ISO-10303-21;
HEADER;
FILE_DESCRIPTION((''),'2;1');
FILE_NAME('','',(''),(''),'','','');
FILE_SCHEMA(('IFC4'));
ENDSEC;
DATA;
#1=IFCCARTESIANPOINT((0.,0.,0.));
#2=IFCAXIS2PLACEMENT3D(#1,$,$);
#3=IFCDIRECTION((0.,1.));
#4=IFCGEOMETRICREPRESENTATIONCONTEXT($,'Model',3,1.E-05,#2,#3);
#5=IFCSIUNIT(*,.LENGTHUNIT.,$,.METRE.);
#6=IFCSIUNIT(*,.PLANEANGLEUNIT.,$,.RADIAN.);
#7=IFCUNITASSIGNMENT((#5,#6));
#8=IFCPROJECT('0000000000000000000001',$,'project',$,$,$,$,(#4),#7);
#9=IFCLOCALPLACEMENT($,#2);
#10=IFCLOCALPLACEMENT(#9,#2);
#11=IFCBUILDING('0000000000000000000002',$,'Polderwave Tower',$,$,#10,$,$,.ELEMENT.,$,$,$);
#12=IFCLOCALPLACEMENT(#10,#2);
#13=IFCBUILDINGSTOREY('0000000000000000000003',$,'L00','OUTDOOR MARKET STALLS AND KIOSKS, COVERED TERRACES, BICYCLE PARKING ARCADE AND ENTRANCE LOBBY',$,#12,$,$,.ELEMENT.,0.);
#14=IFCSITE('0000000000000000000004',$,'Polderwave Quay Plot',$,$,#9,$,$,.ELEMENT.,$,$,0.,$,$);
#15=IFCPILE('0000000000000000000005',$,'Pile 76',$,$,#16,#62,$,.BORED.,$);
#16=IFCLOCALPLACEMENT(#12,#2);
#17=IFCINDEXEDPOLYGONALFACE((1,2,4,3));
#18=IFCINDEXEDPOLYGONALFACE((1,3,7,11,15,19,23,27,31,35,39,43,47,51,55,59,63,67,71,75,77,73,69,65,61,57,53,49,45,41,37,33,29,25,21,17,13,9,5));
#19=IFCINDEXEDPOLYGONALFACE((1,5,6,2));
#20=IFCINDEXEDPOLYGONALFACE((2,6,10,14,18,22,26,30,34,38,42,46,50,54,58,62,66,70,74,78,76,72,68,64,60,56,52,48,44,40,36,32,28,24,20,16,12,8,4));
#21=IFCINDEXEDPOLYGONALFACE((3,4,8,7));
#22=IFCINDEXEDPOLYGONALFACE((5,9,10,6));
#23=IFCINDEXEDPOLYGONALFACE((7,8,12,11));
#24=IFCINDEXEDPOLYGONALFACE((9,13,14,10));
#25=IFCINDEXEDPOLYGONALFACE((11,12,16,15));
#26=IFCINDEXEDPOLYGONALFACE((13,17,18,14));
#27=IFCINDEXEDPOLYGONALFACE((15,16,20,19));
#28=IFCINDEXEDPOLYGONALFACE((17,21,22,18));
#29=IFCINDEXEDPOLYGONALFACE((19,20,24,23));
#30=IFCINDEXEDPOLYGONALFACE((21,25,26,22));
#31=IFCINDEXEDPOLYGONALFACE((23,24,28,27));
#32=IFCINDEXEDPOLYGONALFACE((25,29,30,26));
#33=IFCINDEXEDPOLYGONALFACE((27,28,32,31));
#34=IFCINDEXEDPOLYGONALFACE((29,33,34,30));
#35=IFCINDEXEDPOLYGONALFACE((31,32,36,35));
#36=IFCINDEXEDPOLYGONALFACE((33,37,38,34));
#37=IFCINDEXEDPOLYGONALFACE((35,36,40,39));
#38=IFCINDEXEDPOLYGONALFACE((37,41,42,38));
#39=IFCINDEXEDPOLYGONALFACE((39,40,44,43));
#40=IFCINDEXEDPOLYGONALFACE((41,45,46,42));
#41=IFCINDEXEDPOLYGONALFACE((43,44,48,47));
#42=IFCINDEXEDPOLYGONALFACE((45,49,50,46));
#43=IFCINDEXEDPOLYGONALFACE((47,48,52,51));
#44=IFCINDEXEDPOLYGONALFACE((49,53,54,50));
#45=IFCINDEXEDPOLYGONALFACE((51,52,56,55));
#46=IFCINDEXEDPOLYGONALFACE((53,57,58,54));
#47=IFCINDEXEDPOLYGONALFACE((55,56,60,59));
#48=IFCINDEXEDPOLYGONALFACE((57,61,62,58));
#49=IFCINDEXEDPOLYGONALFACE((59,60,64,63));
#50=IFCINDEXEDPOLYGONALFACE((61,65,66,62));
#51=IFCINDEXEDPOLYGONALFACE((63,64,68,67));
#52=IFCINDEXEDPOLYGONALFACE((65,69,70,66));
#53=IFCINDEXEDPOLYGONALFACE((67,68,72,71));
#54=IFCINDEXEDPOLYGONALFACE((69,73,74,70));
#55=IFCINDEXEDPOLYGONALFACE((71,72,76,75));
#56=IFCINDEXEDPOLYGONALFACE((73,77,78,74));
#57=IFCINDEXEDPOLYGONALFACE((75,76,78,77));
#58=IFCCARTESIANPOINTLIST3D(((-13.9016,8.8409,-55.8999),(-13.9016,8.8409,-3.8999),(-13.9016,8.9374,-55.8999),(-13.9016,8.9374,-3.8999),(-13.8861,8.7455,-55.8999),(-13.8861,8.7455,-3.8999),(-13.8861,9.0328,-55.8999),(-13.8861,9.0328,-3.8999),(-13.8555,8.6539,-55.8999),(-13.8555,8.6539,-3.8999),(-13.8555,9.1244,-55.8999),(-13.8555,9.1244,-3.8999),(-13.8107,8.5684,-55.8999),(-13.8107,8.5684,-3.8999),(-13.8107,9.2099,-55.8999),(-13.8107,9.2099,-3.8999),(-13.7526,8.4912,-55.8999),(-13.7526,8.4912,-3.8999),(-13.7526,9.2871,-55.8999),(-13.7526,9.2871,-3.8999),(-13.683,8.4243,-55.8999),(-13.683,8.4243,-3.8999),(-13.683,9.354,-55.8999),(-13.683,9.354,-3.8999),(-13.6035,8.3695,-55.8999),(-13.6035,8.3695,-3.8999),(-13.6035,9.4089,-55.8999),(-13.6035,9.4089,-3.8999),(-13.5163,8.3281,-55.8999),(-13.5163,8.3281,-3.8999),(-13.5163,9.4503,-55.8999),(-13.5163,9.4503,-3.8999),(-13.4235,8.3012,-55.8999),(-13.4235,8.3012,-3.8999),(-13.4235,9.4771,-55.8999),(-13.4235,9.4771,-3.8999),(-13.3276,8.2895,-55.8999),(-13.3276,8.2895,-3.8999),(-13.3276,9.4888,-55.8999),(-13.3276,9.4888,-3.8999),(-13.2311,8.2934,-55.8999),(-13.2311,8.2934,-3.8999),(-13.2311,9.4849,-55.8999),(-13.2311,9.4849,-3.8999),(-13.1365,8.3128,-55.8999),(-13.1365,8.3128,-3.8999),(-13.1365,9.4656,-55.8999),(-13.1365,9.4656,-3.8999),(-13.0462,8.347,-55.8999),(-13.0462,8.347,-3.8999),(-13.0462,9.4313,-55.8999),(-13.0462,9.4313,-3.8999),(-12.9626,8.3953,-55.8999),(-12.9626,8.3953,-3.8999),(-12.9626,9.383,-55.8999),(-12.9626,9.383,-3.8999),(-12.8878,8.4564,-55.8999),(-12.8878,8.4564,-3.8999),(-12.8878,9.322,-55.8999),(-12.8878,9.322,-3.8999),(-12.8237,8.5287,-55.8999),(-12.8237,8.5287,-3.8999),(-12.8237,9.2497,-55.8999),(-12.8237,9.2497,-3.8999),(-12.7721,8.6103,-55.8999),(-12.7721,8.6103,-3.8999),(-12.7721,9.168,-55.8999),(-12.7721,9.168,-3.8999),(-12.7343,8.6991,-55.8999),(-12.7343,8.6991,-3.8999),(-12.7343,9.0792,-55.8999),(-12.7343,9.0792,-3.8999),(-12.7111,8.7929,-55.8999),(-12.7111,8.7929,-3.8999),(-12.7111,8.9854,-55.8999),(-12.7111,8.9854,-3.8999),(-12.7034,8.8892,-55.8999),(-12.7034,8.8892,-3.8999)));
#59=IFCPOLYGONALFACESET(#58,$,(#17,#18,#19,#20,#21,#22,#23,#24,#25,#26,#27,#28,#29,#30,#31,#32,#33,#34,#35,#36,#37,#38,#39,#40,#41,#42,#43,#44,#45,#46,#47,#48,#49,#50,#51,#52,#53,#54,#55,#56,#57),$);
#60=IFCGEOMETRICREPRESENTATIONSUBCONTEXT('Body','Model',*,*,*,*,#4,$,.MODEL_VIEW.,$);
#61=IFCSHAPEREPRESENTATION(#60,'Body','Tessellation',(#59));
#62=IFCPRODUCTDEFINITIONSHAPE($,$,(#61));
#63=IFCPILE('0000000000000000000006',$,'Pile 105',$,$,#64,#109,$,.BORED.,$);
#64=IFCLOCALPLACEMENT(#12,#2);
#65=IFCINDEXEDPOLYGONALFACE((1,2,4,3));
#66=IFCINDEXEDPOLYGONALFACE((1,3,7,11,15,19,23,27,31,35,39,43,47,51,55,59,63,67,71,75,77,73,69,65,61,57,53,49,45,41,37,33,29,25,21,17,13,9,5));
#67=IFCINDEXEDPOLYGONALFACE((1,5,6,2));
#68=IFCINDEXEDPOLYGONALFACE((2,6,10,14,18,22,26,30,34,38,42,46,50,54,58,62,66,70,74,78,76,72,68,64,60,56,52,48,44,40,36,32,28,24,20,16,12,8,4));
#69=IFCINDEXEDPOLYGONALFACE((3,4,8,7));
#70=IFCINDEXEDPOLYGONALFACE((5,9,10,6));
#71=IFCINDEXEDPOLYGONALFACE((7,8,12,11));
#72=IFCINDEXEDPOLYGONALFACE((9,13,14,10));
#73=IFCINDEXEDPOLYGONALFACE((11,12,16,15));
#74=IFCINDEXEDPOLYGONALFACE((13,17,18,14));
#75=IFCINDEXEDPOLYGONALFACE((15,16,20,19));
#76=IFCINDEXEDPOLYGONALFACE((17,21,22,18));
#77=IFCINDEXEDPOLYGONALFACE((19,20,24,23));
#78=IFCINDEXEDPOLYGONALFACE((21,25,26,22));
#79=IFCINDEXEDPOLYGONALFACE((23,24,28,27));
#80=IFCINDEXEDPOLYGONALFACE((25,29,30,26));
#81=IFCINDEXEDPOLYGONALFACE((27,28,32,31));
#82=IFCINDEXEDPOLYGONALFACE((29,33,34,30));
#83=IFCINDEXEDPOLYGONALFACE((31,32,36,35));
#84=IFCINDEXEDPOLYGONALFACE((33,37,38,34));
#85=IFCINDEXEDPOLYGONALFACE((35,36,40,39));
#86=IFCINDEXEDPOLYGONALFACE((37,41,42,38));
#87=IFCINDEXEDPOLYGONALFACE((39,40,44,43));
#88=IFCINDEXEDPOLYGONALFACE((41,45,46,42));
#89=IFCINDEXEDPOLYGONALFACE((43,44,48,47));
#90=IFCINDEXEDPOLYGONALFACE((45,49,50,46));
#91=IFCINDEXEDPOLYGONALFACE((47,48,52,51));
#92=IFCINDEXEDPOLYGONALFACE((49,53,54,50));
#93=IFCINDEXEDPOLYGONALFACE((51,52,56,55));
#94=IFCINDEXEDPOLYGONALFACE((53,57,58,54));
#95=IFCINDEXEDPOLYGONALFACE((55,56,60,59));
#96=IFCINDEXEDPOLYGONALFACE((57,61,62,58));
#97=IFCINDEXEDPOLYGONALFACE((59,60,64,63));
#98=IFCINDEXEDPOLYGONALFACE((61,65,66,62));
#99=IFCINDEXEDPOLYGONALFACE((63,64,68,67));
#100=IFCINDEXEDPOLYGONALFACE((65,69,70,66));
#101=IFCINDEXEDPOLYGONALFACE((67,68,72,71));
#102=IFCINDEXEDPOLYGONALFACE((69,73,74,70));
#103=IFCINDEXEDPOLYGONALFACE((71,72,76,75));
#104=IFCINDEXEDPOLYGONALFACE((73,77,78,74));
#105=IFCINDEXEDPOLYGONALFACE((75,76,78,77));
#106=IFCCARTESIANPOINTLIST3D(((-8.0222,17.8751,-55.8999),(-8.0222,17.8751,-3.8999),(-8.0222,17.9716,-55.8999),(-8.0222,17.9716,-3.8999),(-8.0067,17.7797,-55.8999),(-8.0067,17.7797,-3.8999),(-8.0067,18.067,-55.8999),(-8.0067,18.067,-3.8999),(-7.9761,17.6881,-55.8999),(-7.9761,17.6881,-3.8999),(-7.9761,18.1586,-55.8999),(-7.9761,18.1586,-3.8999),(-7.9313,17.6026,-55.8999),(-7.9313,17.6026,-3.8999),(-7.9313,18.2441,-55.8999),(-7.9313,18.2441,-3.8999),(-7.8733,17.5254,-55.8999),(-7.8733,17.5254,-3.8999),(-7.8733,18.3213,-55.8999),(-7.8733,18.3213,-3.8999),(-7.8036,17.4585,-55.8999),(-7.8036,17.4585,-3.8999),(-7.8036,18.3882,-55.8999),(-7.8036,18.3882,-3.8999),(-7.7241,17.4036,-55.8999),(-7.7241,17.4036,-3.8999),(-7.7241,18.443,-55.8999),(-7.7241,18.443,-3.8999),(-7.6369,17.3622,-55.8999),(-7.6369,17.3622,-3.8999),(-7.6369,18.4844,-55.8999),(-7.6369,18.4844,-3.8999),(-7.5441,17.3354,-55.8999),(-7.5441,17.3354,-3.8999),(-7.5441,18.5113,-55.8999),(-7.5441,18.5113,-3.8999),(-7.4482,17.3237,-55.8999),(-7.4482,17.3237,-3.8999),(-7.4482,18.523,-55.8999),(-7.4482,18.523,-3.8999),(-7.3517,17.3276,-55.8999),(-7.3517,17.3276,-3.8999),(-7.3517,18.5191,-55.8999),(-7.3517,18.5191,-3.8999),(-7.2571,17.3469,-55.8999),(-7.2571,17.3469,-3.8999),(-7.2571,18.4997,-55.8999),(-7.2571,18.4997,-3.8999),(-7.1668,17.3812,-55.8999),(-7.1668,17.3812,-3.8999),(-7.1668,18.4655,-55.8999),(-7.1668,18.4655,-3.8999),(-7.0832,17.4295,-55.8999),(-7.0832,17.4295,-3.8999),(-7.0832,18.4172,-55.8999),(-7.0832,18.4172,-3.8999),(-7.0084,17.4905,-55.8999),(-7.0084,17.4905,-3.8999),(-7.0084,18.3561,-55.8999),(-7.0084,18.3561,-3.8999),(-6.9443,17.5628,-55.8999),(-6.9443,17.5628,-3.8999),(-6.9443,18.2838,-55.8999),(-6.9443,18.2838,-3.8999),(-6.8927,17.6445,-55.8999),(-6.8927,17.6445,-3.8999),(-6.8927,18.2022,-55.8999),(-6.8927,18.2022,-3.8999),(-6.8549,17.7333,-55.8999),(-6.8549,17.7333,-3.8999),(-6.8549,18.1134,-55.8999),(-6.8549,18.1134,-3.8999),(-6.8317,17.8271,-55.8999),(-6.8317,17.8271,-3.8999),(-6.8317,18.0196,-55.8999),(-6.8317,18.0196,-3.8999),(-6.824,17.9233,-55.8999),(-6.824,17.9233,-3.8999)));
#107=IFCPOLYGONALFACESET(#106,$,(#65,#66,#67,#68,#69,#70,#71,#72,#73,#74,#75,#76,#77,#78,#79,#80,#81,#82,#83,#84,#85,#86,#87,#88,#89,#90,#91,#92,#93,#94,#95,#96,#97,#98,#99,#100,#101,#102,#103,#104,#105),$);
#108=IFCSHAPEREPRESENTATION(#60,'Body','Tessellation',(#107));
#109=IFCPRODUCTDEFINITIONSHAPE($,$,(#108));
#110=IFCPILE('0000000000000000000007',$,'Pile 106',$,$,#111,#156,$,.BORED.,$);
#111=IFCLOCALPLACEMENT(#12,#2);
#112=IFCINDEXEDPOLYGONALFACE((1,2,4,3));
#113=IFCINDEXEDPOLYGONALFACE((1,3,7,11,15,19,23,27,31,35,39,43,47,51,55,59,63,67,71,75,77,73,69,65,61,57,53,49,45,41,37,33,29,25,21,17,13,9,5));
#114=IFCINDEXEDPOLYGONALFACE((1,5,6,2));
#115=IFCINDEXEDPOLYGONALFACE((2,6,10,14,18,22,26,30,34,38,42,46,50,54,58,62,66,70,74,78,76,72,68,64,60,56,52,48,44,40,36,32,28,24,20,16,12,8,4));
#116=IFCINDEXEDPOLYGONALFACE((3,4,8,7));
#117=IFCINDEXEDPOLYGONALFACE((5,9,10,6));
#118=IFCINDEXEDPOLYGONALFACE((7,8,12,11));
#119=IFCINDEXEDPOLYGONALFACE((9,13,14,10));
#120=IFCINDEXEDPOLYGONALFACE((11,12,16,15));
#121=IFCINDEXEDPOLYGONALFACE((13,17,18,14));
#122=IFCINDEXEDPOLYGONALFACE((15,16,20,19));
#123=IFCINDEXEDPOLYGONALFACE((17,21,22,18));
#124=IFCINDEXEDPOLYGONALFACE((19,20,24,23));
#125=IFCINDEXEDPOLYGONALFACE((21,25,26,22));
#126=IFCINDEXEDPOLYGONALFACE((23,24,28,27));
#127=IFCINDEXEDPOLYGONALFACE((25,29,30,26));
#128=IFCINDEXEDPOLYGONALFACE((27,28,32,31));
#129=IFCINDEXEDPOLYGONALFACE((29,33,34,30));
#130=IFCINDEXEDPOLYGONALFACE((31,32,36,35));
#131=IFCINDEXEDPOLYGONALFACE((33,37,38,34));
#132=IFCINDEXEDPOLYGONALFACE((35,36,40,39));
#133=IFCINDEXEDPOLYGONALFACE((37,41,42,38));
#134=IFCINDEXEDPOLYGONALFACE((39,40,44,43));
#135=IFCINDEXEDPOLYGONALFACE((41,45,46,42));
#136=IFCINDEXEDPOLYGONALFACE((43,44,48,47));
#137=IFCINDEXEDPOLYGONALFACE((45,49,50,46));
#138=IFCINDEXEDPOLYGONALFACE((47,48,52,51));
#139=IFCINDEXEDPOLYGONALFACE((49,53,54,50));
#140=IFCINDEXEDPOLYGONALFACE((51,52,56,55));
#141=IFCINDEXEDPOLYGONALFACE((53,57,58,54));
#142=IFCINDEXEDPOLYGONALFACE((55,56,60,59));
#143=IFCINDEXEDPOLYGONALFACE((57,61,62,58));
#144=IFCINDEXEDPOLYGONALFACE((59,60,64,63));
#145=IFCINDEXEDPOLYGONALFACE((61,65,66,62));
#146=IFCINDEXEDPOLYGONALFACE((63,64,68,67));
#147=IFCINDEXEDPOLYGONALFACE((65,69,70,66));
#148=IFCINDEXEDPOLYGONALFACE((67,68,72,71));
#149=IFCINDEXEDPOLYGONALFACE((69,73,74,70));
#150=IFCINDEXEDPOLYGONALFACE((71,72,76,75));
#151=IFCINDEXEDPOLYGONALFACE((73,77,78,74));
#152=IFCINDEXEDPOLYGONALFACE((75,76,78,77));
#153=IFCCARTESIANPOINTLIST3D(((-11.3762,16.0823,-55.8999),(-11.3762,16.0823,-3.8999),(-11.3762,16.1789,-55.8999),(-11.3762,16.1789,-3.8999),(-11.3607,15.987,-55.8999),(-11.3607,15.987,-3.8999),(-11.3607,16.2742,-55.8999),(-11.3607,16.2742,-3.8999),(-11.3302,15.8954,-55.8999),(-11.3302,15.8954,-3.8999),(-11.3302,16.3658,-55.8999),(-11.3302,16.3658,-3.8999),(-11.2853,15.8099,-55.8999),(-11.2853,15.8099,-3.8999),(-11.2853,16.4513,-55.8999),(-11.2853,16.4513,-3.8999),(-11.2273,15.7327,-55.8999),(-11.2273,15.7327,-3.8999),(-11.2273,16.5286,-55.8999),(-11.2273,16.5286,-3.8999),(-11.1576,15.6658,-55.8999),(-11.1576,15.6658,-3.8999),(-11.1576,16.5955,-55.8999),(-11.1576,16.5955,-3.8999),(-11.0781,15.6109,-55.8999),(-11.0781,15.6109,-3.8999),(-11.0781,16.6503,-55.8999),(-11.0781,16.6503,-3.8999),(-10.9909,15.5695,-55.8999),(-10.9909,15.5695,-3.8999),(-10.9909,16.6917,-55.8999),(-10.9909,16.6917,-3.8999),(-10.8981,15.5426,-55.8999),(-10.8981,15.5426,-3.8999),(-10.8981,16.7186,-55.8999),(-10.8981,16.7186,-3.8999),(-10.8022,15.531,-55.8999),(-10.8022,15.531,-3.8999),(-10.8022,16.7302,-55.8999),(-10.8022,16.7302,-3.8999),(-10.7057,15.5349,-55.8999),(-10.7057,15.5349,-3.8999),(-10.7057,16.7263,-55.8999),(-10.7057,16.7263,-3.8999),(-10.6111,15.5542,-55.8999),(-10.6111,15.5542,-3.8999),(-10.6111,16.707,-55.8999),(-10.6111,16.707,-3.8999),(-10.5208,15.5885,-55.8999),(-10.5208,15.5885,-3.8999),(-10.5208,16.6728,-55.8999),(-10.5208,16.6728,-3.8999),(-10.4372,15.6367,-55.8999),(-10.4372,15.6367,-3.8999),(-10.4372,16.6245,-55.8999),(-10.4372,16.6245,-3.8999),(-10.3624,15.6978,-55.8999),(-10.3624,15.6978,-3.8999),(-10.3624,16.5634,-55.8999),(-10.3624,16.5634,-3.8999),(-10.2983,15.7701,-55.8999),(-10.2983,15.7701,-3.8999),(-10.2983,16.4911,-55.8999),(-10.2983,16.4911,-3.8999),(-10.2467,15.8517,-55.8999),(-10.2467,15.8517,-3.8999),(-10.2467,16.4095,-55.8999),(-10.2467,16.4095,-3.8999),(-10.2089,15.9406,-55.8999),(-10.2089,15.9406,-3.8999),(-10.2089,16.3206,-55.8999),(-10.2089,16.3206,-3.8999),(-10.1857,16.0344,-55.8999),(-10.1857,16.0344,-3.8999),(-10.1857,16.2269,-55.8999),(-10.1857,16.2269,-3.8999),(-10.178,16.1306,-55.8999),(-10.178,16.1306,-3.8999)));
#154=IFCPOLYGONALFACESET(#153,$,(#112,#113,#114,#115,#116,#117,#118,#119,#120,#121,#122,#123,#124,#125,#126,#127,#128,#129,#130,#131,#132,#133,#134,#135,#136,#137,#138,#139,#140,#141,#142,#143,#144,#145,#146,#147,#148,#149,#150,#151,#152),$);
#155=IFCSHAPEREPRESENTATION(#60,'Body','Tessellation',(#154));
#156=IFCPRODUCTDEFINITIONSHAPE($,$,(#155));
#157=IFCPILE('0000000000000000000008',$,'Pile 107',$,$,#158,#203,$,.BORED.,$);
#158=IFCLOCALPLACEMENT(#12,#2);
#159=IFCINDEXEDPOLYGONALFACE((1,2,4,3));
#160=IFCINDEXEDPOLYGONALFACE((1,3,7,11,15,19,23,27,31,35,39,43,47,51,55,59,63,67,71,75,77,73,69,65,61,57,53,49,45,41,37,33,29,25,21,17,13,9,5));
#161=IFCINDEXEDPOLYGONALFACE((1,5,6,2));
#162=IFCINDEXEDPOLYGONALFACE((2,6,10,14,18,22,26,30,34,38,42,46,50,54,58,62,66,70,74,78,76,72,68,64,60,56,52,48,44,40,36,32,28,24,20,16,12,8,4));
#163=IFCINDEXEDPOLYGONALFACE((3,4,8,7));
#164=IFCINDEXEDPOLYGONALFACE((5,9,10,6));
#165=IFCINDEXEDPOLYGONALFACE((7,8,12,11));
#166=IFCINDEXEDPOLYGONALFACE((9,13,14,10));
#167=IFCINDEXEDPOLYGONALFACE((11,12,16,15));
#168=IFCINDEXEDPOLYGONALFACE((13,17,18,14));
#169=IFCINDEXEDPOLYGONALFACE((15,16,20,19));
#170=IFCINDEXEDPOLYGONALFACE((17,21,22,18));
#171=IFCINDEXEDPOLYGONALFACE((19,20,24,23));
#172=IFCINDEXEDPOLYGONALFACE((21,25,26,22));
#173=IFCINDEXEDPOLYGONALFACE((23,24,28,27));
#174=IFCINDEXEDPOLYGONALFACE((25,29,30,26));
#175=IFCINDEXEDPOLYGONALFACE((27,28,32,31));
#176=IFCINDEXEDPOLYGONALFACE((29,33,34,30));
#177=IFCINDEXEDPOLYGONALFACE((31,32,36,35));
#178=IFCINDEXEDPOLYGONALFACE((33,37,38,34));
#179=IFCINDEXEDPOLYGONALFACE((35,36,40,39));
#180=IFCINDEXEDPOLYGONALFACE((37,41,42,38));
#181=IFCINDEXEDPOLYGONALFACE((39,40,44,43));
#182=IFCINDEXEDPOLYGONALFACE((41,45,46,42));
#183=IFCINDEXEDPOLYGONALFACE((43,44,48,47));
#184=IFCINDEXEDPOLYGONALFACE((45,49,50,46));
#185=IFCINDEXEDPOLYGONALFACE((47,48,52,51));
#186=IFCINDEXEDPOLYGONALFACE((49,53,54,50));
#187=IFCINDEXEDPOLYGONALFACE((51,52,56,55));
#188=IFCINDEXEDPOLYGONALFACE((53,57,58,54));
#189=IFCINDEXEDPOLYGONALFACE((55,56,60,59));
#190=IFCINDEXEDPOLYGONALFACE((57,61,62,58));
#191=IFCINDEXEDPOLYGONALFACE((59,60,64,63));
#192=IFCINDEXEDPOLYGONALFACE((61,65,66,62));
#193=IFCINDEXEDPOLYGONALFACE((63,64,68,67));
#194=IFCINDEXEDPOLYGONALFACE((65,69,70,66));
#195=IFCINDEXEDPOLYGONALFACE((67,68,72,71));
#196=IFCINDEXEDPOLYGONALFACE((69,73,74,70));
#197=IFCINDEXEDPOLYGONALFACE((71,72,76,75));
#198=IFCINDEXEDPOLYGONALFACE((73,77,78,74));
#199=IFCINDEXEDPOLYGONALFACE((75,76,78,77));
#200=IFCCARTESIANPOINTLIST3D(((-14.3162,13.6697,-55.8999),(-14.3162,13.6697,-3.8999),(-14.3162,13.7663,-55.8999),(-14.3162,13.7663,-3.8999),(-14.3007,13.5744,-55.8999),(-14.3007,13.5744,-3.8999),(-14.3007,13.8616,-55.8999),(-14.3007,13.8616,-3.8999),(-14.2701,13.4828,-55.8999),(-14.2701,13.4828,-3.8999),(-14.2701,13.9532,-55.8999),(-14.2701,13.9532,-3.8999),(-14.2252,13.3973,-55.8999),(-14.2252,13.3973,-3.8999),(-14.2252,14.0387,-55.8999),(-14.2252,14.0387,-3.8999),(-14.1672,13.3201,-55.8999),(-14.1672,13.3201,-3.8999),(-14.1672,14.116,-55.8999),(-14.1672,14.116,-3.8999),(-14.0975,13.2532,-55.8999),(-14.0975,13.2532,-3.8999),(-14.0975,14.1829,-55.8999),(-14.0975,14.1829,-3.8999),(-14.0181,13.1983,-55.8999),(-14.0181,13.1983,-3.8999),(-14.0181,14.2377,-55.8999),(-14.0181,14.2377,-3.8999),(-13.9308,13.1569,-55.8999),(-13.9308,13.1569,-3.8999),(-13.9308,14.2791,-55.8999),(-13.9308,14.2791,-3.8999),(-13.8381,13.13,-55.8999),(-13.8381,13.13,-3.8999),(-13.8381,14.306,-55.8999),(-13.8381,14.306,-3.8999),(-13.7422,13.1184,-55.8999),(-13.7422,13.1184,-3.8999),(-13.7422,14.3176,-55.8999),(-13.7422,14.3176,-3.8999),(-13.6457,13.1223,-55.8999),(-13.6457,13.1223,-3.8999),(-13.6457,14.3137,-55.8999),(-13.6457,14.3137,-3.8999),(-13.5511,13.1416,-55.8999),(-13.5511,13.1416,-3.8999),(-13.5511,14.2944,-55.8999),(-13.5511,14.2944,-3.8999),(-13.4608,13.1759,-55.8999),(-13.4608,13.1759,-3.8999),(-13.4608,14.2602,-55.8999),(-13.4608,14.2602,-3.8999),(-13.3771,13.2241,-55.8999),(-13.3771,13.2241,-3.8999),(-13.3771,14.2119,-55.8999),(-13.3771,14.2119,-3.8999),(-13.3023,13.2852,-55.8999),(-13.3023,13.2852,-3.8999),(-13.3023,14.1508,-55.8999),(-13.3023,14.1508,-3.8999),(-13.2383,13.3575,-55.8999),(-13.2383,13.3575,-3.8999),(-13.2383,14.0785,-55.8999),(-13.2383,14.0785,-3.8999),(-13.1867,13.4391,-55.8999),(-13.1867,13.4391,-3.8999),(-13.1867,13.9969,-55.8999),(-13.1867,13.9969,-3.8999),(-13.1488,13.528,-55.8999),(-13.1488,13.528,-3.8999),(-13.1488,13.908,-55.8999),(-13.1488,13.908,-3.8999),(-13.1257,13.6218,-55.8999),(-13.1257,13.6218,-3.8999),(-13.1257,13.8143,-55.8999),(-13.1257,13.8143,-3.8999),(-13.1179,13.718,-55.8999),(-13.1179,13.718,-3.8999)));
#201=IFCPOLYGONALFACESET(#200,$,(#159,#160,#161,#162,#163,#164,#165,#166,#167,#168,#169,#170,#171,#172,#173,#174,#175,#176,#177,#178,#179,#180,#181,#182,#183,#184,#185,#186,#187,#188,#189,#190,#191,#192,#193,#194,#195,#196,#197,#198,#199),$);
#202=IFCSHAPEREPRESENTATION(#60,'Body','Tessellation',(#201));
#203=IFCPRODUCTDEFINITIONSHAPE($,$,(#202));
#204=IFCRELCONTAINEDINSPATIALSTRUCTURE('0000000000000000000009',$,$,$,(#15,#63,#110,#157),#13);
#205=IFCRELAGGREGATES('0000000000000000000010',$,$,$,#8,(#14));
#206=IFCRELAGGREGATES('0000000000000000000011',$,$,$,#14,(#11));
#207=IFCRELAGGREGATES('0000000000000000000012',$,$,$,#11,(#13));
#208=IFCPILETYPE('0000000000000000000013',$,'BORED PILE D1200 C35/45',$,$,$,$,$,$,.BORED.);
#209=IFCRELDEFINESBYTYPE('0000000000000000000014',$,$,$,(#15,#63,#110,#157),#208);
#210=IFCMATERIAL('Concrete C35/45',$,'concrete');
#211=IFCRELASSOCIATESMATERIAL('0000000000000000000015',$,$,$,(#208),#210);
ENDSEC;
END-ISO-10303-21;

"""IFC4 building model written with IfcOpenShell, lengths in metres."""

from ifc_helpers import new_model, si_unit, direction, frame, origin, origin_2d, place, context, subcontext, project, spatial, circle, extrude, material, material_profile, profile_set, type_object, element, save


model = new_model("IFC4")

# Units and contexts
model_context = context("Model", 3, precision=1e-05, world=origin(), true_north=direction((0.0, 1.0)))
body_context = subcontext(model_context, "Body", "Model", "MODEL_VIEW")
ifc_project = project(units=[si_unit("LENGTHUNIT", "METRE"), si_unit("PLANEANGLEUNIT", "RADIAN")], contexts=[model_context])

# Site, building, storey
site_placement = place(None, origin())
site = spatial("IfcSite", under=ifc_project, at=site_placement, Name="Polderwave Quay Plot", CompositionType="ELEMENT", RefElevation=0.0)
building_placement = place(site_placement, origin())
building = spatial("IfcBuilding", under=site, at=building_placement, Name="Polderwave Tower", CompositionType="ELEMENT")
storey_placement = place(building_placement, origin())
storey = spatial("IfcBuildingStorey", under=building, at=storey_placement, Name="L00", Description="OUTDOOR MARKET STALLS AND KIOSKS, COVERED TERRACES, BICYCLE PARKING ARCADE AND ENTRANCE LOBBY", CompositionType="ELEMENT", Elevation=0.0)

# Piles
ifc_material_1 = material(Name="Concrete C35/45", Category="concrete")
ifc_material_profile_1 = material_profile(ifc_material_1, circle(Radius=0.6001, at=origin_2d()), Name="BORED D1200")
ifc_profile_set_1 = profile_set([ifc_material_profile_1], Name="Concrete C35/45")
pile_type = type_object("IfcPileType", Name="BORED PILE D1200 C35/45", PredefinedType="BORED", material=ifc_profile_set_1)
for number, where, z_axis, x_axis, name in (
    (1, (-13.3035, 8.8892, -3.8999), (0.0, 0.0, -1.0), (1.0, 0.0, 0.0), "Pile 76"),
    (2, (-7.4241, 17.9233, -3.8999), (0.0, 0.0, -1.0), (1.0, 0.0, 0.0), "Pile 105"),
    (3, (-10.7781, 16.1306, -3.8999), (0.0, 0.0, -1.0), (1.0, 0.0, 0.0), "Pile 106"),
    (4, (-13.718, 13.718, -3.8999), (0.0, 0.0, -1.0), (1.0, 0.0, 0.0), "Pile 107"),
):
    element("IfcPile", number, at=place(storey_placement, frame(where, z_axis=z_axis, x_axis=x_axis)), inside=storey, type_object=pile_type, Name=name, PredefinedType="BORED", context=body_context, shape_type="SweptSolid", body=[
        extrude(circle(Radius=0.6001, at=origin_2d()), origin(), (0.0, 0.0, 1.0), 52.0),
    ])

save(model, "model.ifc")
